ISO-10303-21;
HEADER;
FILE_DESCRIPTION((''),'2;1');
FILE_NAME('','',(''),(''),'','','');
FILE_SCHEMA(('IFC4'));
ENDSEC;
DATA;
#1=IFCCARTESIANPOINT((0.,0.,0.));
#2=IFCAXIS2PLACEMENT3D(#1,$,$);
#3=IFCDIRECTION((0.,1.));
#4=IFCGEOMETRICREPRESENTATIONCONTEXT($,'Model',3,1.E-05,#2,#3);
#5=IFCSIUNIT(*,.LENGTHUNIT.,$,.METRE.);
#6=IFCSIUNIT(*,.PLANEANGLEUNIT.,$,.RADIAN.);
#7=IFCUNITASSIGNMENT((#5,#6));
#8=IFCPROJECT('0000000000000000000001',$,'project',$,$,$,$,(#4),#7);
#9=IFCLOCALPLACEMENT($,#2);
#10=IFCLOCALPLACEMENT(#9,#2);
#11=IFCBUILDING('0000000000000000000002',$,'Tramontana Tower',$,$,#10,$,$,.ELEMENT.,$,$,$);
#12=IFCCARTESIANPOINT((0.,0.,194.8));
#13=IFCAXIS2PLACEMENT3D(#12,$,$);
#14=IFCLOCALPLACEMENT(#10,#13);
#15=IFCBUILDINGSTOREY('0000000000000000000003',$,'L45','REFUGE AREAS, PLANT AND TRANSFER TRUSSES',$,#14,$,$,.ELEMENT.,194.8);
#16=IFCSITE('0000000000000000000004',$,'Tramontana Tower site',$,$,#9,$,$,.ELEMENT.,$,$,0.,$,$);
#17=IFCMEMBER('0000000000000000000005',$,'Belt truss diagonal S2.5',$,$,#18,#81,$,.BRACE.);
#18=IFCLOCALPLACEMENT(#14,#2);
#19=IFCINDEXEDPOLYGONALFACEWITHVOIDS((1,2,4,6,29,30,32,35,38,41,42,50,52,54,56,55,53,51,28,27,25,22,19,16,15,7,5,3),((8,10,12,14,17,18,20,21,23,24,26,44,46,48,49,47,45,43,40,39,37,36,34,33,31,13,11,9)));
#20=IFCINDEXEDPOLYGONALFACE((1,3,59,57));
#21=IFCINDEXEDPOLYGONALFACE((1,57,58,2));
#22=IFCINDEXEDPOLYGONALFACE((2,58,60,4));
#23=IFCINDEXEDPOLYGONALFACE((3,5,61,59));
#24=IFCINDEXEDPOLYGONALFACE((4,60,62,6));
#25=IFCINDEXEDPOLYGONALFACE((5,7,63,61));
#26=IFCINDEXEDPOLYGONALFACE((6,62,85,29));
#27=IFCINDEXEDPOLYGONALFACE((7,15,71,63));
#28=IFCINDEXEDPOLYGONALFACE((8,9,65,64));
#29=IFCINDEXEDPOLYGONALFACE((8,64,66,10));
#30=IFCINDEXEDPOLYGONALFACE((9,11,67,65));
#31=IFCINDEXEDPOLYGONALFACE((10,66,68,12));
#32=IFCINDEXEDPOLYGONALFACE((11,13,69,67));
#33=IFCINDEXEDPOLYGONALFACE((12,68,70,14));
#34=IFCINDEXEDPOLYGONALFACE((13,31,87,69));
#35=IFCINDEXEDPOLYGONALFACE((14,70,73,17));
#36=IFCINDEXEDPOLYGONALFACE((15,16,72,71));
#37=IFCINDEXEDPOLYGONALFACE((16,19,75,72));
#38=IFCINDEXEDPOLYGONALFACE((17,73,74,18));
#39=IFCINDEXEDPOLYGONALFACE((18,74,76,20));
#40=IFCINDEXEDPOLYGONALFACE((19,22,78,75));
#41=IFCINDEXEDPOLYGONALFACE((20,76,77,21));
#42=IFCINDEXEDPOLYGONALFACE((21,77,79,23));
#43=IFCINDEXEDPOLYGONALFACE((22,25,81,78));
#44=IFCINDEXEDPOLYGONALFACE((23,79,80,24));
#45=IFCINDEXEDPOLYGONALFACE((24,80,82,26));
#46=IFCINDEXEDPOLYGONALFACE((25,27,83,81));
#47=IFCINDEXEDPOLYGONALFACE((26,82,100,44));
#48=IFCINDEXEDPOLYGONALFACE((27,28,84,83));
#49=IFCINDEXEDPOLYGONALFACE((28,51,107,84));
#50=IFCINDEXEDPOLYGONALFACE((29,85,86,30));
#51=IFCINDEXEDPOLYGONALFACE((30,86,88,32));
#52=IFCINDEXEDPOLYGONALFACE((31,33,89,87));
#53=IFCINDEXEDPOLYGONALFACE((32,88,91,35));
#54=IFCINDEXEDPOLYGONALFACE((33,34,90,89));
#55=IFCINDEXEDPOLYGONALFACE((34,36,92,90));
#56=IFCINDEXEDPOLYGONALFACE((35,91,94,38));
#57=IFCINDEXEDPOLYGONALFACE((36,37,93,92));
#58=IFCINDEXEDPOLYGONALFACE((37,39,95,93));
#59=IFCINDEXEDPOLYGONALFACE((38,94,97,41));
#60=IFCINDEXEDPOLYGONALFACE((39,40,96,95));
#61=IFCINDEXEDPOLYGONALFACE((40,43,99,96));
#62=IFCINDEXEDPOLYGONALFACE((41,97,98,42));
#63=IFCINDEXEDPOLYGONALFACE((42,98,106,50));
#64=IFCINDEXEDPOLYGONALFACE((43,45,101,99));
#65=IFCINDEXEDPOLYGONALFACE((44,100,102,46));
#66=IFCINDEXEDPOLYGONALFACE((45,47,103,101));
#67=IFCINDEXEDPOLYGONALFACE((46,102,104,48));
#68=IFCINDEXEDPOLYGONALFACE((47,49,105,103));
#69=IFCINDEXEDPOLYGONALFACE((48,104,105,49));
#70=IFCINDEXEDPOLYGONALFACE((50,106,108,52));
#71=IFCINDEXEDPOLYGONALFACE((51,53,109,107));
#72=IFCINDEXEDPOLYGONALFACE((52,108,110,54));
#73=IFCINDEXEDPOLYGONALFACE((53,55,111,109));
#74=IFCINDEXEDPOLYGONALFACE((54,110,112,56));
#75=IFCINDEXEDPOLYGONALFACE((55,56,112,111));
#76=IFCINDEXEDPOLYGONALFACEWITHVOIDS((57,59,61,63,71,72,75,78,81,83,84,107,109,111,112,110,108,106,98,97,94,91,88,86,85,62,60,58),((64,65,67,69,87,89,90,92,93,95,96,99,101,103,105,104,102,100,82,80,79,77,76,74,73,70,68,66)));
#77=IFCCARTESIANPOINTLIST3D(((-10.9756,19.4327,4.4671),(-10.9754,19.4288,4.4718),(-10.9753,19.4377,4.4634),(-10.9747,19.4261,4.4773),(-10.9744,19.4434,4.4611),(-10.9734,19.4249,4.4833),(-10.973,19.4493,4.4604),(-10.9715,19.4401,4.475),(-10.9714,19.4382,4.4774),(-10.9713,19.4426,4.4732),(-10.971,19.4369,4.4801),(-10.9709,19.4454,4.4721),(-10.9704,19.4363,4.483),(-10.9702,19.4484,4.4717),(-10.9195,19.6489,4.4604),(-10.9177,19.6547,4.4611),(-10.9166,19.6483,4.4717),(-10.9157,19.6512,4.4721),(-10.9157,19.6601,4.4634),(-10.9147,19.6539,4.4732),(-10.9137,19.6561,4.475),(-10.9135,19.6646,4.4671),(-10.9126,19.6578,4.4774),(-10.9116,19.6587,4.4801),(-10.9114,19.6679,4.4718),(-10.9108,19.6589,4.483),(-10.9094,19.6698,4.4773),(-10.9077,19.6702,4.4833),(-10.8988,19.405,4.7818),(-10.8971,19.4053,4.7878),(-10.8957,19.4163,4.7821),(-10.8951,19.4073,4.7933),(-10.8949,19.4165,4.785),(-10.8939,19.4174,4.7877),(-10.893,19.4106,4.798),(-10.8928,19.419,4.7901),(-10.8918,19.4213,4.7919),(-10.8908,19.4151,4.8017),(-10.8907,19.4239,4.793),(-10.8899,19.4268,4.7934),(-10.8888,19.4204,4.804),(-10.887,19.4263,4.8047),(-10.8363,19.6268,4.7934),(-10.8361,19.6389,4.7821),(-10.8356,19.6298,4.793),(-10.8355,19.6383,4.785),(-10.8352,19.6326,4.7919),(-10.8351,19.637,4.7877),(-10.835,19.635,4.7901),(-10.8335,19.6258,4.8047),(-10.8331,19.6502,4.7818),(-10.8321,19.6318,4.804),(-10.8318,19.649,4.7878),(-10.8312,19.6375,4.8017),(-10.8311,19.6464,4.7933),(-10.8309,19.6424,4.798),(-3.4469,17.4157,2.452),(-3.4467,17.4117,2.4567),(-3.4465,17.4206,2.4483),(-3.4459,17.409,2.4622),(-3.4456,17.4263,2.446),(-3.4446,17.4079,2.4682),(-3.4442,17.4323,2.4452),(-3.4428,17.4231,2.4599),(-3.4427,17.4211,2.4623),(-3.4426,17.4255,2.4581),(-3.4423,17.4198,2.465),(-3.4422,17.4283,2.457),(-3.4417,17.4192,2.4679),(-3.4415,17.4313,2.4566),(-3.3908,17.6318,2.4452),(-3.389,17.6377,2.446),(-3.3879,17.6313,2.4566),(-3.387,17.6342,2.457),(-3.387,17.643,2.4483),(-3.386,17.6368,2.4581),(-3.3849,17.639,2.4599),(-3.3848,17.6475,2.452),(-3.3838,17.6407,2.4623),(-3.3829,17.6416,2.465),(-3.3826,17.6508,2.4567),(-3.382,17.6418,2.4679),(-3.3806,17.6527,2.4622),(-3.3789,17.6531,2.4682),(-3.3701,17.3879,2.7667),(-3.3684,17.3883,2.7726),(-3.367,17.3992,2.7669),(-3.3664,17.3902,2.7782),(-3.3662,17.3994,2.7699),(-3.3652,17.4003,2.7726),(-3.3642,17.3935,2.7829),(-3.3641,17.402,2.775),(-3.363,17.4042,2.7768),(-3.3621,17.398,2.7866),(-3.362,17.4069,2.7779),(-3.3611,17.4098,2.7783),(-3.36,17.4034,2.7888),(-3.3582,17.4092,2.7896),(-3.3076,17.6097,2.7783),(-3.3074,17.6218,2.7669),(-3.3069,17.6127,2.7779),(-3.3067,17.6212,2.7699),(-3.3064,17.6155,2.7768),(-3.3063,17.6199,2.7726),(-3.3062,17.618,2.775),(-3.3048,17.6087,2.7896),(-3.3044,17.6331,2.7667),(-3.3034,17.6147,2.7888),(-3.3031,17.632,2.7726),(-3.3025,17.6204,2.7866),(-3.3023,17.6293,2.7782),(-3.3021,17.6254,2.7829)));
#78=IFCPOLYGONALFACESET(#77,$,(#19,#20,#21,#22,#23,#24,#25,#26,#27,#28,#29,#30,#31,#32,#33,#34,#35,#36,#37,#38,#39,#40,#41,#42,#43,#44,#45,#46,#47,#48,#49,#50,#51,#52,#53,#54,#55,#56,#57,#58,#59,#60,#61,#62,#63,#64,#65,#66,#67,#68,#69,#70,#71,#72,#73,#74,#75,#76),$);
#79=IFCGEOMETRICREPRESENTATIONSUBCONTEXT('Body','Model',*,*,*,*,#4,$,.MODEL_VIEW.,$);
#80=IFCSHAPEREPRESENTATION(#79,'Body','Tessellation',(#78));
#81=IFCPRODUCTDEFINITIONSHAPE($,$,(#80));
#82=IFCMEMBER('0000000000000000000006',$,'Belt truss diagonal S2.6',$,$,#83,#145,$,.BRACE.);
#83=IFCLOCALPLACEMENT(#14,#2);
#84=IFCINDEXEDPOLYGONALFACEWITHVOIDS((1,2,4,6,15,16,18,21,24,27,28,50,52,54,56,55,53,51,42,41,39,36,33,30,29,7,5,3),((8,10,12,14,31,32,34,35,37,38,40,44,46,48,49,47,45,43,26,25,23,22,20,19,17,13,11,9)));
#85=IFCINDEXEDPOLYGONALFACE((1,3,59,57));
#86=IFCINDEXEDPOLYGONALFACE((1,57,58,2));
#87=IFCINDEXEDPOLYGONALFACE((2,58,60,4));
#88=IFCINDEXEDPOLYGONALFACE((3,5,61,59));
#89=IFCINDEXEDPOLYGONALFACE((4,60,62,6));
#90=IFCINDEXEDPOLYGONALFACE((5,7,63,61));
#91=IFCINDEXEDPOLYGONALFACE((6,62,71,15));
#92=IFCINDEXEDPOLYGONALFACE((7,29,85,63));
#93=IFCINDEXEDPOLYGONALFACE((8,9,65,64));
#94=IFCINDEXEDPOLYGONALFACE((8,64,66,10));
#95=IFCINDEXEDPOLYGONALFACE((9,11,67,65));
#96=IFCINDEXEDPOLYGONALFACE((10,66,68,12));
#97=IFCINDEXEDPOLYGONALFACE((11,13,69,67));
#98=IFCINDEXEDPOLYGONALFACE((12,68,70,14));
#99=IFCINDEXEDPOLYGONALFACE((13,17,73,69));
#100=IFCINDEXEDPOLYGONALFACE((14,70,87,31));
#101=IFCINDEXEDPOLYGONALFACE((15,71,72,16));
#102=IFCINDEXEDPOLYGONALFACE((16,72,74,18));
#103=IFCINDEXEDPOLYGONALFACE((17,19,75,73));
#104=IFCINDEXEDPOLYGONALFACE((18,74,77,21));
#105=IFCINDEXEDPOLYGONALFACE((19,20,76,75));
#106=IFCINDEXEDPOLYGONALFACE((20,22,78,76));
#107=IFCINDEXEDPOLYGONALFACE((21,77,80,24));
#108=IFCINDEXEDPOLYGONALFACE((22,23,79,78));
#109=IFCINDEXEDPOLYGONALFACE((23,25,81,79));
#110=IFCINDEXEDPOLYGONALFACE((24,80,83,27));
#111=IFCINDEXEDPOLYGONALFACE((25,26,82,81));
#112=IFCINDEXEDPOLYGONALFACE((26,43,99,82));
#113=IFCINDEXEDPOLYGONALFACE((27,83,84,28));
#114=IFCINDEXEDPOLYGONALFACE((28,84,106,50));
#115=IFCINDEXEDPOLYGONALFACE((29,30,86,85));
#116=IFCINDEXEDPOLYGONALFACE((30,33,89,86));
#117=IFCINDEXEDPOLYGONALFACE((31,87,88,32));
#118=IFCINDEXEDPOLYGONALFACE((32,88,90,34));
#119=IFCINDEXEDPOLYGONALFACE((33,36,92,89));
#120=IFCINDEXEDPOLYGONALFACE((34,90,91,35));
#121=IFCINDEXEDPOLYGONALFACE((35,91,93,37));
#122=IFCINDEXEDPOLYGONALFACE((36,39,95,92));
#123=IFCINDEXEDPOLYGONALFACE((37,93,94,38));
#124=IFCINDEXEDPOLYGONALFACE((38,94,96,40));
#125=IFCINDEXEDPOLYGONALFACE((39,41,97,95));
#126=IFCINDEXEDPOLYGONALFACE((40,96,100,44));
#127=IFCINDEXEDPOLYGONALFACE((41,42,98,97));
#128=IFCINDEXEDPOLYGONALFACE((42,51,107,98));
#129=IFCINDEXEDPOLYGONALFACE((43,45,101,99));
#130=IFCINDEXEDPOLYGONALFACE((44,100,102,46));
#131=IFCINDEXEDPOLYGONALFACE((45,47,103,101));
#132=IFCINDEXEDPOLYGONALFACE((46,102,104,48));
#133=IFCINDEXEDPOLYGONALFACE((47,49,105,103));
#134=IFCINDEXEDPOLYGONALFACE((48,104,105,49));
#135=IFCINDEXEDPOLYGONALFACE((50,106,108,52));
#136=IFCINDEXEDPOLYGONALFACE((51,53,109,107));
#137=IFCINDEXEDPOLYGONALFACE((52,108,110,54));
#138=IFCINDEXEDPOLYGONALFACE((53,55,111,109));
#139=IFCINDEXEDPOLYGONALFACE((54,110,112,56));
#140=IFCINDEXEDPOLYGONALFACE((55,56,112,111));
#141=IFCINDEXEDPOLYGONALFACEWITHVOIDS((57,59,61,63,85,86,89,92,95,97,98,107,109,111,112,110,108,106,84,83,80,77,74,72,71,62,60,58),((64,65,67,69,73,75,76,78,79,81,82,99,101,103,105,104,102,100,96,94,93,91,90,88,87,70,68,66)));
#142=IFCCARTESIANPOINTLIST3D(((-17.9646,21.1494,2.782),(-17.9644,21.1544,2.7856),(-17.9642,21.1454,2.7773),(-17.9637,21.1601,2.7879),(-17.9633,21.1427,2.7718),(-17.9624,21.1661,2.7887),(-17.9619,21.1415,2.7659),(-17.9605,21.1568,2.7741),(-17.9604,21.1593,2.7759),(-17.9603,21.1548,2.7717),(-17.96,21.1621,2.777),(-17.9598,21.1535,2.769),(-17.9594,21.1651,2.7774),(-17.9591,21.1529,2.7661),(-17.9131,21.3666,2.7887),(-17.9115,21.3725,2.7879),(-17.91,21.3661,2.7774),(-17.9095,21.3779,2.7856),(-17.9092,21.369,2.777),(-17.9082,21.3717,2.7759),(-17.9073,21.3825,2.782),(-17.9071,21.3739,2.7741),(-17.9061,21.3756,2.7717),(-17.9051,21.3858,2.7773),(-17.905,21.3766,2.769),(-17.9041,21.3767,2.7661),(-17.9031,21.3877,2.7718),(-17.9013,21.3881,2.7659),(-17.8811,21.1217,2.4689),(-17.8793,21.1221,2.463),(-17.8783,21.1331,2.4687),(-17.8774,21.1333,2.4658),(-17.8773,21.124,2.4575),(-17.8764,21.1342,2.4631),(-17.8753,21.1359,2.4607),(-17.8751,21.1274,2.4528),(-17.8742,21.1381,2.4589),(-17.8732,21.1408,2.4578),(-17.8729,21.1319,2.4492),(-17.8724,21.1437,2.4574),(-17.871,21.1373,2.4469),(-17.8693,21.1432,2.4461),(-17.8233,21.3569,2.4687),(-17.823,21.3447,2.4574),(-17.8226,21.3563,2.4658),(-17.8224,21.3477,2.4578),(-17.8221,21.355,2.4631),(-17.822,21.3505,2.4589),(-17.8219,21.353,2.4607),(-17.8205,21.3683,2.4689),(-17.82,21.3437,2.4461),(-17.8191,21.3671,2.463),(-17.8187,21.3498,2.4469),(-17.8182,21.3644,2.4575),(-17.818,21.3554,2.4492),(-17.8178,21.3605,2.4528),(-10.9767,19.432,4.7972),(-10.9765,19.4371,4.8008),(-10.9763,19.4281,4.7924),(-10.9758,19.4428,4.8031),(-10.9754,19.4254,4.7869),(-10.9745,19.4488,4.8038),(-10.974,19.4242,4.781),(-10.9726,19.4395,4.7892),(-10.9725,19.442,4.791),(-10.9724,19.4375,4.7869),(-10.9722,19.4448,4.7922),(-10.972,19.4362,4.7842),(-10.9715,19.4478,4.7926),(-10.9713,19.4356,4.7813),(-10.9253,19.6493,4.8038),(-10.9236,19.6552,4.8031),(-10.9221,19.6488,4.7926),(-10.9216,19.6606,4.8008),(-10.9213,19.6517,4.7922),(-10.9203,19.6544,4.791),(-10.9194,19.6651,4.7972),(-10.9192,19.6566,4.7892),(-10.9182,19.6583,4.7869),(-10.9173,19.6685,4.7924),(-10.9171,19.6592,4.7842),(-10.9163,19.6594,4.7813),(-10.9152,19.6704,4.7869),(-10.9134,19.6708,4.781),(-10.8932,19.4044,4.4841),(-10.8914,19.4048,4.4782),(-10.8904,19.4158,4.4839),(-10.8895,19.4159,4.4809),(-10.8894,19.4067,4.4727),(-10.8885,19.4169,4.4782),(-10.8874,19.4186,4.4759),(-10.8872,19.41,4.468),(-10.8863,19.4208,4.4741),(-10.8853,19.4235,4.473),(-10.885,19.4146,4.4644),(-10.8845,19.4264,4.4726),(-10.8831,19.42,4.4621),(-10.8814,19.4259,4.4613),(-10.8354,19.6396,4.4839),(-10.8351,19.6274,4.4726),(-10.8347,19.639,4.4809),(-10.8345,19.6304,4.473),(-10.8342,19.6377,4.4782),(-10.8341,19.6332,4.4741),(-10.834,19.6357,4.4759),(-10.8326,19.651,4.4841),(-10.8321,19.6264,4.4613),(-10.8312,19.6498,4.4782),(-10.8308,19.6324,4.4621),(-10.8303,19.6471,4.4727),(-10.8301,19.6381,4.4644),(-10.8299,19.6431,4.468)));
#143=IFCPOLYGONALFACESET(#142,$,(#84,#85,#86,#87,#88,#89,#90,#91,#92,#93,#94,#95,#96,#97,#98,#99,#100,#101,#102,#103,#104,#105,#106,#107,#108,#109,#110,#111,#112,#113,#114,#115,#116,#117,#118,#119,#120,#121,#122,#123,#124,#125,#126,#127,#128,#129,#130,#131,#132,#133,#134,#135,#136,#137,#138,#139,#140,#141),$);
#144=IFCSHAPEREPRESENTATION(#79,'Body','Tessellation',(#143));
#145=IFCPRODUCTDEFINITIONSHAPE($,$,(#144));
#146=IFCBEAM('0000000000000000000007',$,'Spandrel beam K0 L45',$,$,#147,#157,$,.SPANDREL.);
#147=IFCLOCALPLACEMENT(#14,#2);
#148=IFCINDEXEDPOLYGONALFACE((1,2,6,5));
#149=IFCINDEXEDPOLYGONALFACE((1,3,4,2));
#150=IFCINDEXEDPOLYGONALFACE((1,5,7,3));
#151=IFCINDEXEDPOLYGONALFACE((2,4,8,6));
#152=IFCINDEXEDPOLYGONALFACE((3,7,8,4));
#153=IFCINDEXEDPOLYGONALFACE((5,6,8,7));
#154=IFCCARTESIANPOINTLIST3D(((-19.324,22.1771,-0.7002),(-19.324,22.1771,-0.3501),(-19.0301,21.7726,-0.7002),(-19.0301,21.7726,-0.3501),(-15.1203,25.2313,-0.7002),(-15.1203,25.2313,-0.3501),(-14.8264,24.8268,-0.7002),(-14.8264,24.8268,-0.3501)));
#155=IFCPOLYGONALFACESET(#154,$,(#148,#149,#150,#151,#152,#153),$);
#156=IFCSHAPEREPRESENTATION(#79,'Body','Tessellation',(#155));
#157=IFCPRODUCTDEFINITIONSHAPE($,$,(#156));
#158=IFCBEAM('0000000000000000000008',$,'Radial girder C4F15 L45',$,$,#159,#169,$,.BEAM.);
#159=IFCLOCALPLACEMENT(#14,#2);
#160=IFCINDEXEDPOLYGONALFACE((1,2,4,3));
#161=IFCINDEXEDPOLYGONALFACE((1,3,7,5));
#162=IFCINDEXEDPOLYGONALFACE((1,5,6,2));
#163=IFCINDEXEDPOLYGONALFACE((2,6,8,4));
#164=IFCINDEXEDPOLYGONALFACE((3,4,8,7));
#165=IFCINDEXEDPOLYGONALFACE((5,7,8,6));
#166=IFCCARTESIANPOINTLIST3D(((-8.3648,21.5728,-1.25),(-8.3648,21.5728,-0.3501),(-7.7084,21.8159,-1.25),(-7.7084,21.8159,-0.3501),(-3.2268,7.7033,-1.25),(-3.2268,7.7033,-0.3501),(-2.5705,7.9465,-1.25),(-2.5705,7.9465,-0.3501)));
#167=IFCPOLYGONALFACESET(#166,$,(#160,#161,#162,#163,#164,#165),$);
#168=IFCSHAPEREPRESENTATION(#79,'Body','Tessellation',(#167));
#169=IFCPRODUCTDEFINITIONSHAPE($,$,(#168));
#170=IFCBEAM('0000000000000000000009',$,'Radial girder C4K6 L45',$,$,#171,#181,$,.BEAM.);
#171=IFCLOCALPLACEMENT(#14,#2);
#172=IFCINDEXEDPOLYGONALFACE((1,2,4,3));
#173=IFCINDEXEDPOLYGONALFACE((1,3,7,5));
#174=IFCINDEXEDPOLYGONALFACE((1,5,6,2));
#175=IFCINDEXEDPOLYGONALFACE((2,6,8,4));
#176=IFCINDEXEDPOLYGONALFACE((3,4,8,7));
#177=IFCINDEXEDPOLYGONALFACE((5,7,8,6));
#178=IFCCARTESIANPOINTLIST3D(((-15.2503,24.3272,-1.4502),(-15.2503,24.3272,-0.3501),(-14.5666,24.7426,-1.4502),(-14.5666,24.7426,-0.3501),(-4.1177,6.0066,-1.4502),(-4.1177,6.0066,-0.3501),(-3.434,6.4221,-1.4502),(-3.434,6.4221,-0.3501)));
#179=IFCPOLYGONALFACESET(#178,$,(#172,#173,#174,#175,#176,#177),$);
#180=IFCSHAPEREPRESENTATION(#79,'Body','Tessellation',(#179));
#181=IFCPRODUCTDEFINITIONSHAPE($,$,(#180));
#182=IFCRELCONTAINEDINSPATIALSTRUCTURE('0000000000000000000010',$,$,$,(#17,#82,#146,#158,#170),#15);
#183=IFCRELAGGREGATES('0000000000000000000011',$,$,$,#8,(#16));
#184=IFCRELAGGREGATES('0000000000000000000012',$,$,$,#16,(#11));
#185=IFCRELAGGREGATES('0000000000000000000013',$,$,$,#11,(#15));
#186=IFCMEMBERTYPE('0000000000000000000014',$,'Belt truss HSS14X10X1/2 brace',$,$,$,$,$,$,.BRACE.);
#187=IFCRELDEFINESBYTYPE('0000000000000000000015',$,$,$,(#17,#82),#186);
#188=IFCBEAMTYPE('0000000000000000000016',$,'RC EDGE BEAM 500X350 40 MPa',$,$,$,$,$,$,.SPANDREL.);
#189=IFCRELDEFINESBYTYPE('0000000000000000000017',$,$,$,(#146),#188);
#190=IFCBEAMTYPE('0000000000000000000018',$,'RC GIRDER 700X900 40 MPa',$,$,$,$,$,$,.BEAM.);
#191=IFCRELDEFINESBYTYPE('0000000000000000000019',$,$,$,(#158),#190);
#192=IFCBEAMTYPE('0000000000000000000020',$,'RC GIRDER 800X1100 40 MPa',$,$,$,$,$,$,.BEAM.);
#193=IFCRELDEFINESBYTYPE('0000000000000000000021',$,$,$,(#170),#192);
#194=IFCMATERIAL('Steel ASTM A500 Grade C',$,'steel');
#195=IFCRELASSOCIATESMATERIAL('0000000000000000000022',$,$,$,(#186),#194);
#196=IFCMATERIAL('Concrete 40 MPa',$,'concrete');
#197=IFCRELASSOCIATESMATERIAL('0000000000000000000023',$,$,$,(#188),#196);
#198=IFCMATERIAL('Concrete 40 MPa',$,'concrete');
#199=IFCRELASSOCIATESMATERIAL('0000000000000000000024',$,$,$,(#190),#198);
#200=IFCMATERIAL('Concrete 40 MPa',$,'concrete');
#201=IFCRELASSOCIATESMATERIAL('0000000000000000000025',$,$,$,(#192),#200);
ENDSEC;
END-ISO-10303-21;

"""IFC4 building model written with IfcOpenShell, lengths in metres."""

from ifc_helpers import new_model, si_unit, direction, frame, origin, origin_2d, place, context, subcontext, project, spatial, rectangle, hollow_rectangle, extrude, material, material_profile, profile_set, type_object, element, save


model = new_model("IFC4")

# Units and contexts
model_context = context("Model", 3, precision=1e-05, world=origin(), true_north=direction((0.0, 1.0)))
body_context = subcontext(model_context, "Body", "Model", "MODEL_VIEW")
ifc_project = project(units=[si_unit("LENGTHUNIT", "METRE"), si_unit("PLANEANGLEUNIT", "RADIAN")], contexts=[model_context])

# Site, building, storey
site_placement = place(None, origin())
site = spatial("IfcSite", under=ifc_project, at=site_placement, Name="Tramontana Tower site", CompositionType="ELEMENT", RefElevation=0.0)
building_placement = place(site_placement, origin())
building = spatial("IfcBuilding", under=site, at=building_placement, Name="Tramontana Tower", CompositionType="ELEMENT")
storey_placement = place(building_placement, frame((0.0, 0.0, 194.8)))
storey = spatial("IfcBuildingStorey", under=building, at=storey_placement, Name="L45", Description="REFUGE AREAS, PLANT AND TRANSFER TRUSSES", CompositionType="ELEMENT", Elevation=194.8)

# Members
ifc_material_1 = material(Name="Steel ASTM A500 Grade C", Category="steel")
ifc_material_profile_1 = material_profile(ifc_material_1, hollow_rectangle(XDim=0.2539, YDim=0.3557, WallThickness=0.0117, InnerFilletRadius=0.0117, OuterFilletRadius=0.0237, at=origin_2d()), Name="HSS14X10X1/2")
ifc_profile_set_1 = profile_set([ifc_material_profile_1], Name="Steel ASTM A500 Grade C")
member_type_1 = type_object("IfcMemberType", Name="Belt truss HSS14X10X1/2 brace", PredefinedType="BRACE", material=ifc_profile_set_1)
member_1_placement = place(storey_placement, frame((-3.3745, 17.5205, 2.6174), z_axis=(-0.935184, 0.250551, 0.250308), x_axis=(-0.258789, -0.965934, 0.0)))
element("IfcMember", 1, at=member_1_placement, inside=storey, type_object=member_type_1, Name="Belt truss diagonal S2.5", PredefinedType="BRACE", context=body_context, shape_type="SweptSolid", body=[
    extrude(hollow_rectangle(XDim=0.2539, YDim=0.3557, WallThickness=0.0117, InnerFilletRadius=0.0117, OuterFilletRadius=0.0237, at=origin_2d()), origin(), (0.0, 0.0, 1.0), 8.0505),
])
member_2_placement = place(storey_placement, frame((-10.9033, 19.5376, 4.6326), z_axis=(-0.935128, 0.229812, -0.269672), x_axis=(-0.238654, -0.971105, 0.0)))
element("IfcMember", 2, at=member_2_placement, inside=storey, type_object=member_type_1, Name="Belt truss diagonal S2.6", PredefinedType="BRACE", context=body_context, shape_type="SweptSolid", body=[
    extrude(hollow_rectangle(XDim=0.2539, YDim=0.3557, WallThickness=0.0117, InnerFilletRadius=0.0117, OuterFilletRadius=0.0237, at=origin_2d()), origin(), (0.0, 0.0, 1.0), 7.4727),
])

# Beams
ifc_material_2 = material(Name="Concrete 40 MPa", Category="concrete")
ifc_material_profile_2 = material_profile(ifc_material_2, rectangle(XDim=0.5, YDim=0.3501, at=origin_2d()), Name="RC EDGE BEAM 500X350 40 MPa")
ifc_profile_set_2 = profile_set([ifc_material_profile_2], Name="Concrete 40 MPa")
beam_type_1 = type_object("IfcBeamType", Name="RC EDGE BEAM 500X350 40 MPa", PredefinedType="SPANDREL", material=ifc_profile_set_2)
beam_1_placement = place(storey_placement, frame((-14.9734, 25.0291, -0.5251), z_axis=(-0.809008, -0.587797, 0.0), x_axis=(0.587797, -0.809008, 0.0)))
element("IfcBeam", 3, at=beam_1_placement, inside=storey, type_object=beam_type_1, Name="Spandrel beam K0 L45", PredefinedType="SPANDREL", context=body_context, shape_type="SweptSolid", body=[
    extrude(rectangle(XDim=0.5, YDim=0.3501, at=origin_2d()), origin(), (0.0, 0.0, 1.0), 5.196),
])
ifc_material_3 = material(Name="Concrete 40 MPa", Category="concrete")
ifc_material_profile_3 = material_profile(ifc_material_3, rectangle(XDim=0.7, YDim=0.8999, at=origin_2d()), Name="RC GIRDER 700X900 40 MPa")
ifc_profile_set_3 = profile_set([ifc_material_profile_3], Name="Concrete 40 MPa")
beam_type_2 = type_object("IfcBeamType", Name="RC GIRDER 700X900 40 MPa", PredefinedType="BEAM", material=ifc_profile_set_3)
beam_2_placement = place(storey_placement, frame((-8.0366, 21.6943, -0.8), z_axis=(0.347382, -0.937724, 0.0), x_axis=(0.937724, 0.347382, 0.0)))
element("IfcBeam", 4, at=beam_2_placement, inside=storey, type_object=beam_type_2, Name="Radial girder C4F15 L45", PredefinedType="BEAM", context=body_context, shape_type="SweptSolid", body=[
    extrude(rectangle(XDim=0.7, YDim=0.8999, at=origin_2d()), origin(), (0.0, 0.0, 1.0), 14.7905),
])
ifc_material_4 = material(Name="Concrete 40 MPa", Category="concrete")
ifc_material_profile_4 = material_profile(ifc_material_4, rectangle(XDim=0.8, YDim=1.1001, at=origin_2d()), Name="RC GIRDER 800X1100 40 MPa")
ifc_profile_set_4 = profile_set([ifc_material_profile_4], Name="Concrete 40 MPa")
beam_type_3 = type_object("IfcBeamType", Name="RC GIRDER 800X1100 40 MPa", PredefinedType="BEAM", material=ifc_profile_set_4)
beam_3_placement = place(storey_placement, frame((-14.9084, 24.5349, -0.9001), z_axis=(0.519298, -0.854593, 0.0), x_axis=(0.854593, 0.519298, 0.0)))
element("IfcBeam", 5, at=beam_3_placement, inside=storey, type_object=beam_type_3, Name="Radial girder C4K6 L45", PredefinedType="BEAM", context=body_context, shape_type="SweptSolid", body=[
    extrude(rectangle(XDim=0.8, YDim=1.1001, at=origin_2d()), origin(), (0.0, 0.0, 1.0), 21.4377),
])

save(model, "model.ifc")
